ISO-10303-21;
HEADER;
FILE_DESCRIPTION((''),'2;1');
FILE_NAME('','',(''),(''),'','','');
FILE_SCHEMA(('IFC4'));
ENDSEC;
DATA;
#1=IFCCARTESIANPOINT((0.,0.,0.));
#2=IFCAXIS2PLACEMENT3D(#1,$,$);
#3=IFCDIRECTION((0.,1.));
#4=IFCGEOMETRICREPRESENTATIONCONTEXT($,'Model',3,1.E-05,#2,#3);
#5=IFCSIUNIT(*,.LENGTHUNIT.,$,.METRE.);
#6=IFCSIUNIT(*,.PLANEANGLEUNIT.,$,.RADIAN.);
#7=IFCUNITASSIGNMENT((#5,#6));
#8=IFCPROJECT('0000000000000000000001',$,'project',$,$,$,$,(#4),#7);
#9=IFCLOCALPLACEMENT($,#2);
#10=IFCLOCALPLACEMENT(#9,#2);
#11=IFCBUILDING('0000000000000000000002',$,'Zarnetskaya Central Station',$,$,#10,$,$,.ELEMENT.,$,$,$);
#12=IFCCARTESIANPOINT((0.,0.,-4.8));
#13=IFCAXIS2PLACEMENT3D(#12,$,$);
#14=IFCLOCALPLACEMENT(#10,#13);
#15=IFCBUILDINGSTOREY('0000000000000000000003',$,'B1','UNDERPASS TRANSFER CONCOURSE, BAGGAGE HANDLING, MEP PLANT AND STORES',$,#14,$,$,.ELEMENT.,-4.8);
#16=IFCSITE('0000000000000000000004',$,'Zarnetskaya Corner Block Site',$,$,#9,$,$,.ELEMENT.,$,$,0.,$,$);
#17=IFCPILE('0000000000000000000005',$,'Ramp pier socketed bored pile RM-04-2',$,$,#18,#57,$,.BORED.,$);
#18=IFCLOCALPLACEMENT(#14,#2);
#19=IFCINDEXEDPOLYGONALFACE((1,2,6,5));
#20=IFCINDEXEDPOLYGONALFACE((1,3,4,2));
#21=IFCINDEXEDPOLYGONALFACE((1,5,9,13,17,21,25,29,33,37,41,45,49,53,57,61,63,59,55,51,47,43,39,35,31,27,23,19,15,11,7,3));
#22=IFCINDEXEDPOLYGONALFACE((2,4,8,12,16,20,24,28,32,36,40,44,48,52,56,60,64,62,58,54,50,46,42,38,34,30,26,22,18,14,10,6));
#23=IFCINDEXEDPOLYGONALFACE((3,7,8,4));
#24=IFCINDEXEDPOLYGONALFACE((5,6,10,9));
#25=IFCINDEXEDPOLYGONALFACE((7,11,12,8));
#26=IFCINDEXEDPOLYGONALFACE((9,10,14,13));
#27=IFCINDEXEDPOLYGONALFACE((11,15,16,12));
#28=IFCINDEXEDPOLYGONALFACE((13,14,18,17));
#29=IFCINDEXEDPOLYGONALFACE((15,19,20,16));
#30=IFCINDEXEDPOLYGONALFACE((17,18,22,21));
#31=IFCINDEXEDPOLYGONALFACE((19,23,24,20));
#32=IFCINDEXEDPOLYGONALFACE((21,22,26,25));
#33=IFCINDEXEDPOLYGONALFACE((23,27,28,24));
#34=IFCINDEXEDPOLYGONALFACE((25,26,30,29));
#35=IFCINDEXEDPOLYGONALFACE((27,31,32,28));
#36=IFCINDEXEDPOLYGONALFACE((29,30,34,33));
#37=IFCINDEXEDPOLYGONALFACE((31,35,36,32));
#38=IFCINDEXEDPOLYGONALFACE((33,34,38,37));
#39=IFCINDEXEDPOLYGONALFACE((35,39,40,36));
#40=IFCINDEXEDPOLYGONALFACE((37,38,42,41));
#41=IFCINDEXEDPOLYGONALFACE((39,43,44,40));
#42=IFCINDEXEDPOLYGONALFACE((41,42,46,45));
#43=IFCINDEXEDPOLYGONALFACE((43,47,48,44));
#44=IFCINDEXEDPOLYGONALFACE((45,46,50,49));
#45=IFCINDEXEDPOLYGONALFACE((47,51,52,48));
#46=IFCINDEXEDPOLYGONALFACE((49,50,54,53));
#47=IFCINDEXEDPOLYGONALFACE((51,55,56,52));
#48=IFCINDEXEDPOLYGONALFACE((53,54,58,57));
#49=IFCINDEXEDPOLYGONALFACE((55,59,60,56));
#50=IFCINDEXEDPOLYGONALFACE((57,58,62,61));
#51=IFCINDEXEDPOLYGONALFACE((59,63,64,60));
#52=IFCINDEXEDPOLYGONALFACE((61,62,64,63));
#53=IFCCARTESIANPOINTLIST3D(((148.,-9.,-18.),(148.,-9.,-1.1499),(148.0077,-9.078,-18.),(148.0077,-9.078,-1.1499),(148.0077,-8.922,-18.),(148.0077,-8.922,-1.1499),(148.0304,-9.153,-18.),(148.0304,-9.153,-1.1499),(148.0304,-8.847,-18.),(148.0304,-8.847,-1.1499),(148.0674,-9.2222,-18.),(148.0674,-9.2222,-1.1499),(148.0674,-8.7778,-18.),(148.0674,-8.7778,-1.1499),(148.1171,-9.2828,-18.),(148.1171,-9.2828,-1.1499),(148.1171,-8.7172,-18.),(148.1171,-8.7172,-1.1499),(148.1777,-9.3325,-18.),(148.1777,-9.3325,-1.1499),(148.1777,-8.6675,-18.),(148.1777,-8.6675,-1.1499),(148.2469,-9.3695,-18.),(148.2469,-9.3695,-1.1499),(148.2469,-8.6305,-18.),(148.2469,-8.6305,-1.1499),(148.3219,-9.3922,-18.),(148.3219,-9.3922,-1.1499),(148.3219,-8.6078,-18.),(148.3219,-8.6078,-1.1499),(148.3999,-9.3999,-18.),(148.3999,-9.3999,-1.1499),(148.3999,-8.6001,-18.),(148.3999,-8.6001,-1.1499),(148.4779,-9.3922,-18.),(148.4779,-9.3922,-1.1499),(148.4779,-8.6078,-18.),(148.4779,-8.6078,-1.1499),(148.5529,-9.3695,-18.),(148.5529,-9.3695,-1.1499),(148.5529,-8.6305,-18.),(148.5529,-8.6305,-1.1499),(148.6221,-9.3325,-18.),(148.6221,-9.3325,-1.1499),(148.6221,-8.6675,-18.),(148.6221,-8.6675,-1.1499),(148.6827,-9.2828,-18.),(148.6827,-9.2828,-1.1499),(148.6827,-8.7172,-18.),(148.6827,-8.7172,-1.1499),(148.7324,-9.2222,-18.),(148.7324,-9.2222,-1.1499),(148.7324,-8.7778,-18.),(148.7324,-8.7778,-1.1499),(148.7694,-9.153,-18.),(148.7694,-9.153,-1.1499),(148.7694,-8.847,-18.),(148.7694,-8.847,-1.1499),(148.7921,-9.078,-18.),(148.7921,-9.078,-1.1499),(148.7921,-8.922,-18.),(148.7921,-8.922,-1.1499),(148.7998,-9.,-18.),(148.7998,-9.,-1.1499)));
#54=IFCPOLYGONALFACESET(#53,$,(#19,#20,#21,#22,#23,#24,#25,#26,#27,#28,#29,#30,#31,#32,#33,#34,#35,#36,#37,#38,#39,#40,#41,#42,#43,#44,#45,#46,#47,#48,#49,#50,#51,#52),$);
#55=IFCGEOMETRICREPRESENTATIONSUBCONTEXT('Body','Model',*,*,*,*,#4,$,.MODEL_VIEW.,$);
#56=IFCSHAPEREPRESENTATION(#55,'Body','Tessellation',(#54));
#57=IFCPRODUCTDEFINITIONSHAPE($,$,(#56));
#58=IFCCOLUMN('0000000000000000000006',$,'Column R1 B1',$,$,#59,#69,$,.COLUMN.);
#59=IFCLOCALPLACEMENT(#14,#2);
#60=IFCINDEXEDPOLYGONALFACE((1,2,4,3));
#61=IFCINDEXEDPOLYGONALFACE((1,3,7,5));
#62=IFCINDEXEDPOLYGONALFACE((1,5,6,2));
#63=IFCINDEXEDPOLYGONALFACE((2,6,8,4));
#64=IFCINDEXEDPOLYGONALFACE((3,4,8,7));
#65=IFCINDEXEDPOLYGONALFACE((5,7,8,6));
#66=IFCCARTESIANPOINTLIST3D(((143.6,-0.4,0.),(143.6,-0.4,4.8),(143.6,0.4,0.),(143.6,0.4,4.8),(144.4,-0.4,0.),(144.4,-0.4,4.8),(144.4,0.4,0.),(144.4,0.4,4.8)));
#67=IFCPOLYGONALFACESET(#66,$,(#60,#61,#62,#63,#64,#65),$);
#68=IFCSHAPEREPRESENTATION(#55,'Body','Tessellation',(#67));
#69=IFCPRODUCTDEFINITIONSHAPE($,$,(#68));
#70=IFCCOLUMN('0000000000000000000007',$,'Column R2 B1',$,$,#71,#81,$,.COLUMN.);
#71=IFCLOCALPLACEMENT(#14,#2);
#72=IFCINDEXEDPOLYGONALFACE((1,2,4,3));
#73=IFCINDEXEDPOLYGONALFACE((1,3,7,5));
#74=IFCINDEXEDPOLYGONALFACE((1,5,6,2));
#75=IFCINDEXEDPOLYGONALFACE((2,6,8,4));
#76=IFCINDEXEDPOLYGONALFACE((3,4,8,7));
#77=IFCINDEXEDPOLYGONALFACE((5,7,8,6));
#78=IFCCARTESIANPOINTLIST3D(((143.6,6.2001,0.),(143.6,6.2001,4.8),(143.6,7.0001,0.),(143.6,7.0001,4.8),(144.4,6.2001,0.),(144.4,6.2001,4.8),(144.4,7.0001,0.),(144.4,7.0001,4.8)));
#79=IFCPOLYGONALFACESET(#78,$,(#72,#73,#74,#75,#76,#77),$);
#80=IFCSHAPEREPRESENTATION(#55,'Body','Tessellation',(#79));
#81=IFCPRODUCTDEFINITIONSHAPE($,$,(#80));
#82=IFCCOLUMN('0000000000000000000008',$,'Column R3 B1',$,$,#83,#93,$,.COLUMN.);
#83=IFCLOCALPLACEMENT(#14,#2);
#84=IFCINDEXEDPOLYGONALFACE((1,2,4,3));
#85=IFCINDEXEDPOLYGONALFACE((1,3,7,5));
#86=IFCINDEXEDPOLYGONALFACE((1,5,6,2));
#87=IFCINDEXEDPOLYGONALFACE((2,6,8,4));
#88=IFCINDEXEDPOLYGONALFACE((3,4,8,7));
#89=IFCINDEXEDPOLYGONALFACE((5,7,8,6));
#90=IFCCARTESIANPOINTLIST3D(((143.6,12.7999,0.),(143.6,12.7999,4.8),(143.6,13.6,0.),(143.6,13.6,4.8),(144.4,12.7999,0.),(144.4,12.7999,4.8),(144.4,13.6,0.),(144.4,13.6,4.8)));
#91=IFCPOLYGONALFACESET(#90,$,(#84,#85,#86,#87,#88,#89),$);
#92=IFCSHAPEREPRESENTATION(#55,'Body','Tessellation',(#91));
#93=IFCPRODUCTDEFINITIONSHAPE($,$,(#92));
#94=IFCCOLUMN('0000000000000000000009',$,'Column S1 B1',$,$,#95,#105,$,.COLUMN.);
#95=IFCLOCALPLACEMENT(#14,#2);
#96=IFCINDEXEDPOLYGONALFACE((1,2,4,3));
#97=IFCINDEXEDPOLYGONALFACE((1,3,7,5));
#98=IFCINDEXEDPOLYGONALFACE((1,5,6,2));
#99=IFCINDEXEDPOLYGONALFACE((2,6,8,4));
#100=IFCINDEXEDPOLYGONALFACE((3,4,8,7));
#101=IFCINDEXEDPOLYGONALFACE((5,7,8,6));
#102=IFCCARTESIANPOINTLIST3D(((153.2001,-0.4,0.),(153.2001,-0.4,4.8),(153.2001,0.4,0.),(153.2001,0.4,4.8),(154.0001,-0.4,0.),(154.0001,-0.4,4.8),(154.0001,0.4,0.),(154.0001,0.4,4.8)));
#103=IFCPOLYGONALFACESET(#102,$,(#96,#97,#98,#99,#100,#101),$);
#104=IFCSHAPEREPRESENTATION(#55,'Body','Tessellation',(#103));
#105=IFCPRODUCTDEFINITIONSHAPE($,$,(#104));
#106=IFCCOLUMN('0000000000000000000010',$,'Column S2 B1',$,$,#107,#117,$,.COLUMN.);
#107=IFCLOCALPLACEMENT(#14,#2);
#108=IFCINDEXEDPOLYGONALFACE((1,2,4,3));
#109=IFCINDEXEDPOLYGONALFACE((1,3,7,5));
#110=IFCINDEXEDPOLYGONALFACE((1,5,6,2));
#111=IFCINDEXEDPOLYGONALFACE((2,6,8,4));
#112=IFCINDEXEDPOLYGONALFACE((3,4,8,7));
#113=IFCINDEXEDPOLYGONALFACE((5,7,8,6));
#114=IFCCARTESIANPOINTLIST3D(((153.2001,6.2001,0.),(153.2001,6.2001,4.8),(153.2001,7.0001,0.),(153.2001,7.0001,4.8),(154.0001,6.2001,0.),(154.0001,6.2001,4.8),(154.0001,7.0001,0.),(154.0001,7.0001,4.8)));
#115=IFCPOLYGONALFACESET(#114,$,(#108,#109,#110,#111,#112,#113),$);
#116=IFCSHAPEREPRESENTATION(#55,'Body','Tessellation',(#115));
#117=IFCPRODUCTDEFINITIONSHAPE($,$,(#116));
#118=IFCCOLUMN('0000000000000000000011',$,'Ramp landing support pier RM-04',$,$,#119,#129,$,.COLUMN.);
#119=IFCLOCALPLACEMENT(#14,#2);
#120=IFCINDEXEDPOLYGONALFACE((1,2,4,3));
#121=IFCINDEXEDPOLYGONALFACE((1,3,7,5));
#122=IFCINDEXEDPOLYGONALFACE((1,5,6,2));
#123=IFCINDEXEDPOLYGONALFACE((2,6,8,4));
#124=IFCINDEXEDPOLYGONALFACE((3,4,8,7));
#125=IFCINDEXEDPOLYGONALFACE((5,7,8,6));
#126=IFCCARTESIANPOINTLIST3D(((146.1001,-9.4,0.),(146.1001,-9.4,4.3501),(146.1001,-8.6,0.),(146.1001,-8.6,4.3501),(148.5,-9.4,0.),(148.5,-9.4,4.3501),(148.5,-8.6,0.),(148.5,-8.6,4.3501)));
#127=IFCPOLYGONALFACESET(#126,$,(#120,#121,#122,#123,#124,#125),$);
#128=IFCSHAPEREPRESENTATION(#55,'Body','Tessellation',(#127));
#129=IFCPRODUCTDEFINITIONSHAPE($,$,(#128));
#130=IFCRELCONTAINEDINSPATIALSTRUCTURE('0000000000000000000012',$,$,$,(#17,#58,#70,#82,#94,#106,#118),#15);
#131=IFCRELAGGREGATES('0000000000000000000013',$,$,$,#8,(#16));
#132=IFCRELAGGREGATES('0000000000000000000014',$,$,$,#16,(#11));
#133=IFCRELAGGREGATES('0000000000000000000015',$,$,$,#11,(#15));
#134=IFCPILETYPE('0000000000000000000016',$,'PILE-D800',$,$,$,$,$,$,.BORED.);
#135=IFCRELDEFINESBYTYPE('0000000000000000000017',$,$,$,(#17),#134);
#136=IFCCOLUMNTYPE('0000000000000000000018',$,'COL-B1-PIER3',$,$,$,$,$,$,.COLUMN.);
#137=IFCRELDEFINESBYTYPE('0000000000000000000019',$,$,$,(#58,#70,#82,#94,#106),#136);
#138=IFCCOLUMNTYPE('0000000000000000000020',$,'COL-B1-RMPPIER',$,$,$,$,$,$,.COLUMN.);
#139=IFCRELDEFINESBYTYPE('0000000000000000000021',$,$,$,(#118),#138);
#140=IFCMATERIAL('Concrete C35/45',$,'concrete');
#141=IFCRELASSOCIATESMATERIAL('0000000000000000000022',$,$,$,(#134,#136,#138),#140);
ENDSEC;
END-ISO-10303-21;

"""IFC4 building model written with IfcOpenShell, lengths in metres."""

from ifc_helpers import new_model, si_unit, direction, frame, origin, origin_2d, place, context, subcontext, project, spatial, rectangle, circle, extrude, material, material_profile, profile_set, type_object, element, save


model = new_model("IFC4")

# Units and contexts
model_context = context("Model", 3, precision=1e-05, world=origin(), true_north=direction((0.0, 1.0)))
body_context = subcontext(model_context, "Body", "Model", "MODEL_VIEW")
ifc_project = project(units=[si_unit("LENGTHUNIT", "METRE"), si_unit("PLANEANGLEUNIT", "RADIAN")], contexts=[model_context])

# Site, building, storey
site_placement = place(None, origin())
site = spatial("IfcSite", under=ifc_project, at=site_placement, Name="Zarnetskaya Corner Block Site", CompositionType="ELEMENT", RefElevation=0.0)
building_placement = place(site_placement, origin())
building = spatial("IfcBuilding", under=site, at=building_placement, Name="Zarnetskaya Central Station", CompositionType="ELEMENT")
storey_placement = place(building_placement, frame((0.0, 0.0, -4.8)))
storey = spatial("IfcBuildingStorey", under=building, at=storey_placement, Name="B1", Description="UNDERPASS TRANSFER CONCOURSE, BAGGAGE HANDLING, MEP PLANT AND STORES", CompositionType="ELEMENT", Elevation=-4.8)

# Shared definitions
ifc_material = material(Name="Concrete C35/45", Category="concrete")

# Pile
ifc_material_profile_1 = material_profile(ifc_material, circle(Radius=0.3999, at=origin_2d()), Name="BORED PILE D800")
ifc_profile_set_1 = profile_set([ifc_material_profile_1], Name="Concrete C35/45")
pile_type_1 = type_object("IfcPileType", Name="PILE-D800", PredefinedType="BORED", material=ifc_profile_set_1)
for number, where, z_axis, x_axis, name in (
    (1, (148.3999, -9.0, -1.1499), (0.0, 0.0, -1.0), (1.0, 0.0, 0.0), "Ramp pier socketed bored pile RM-04-2"),
):
    element("IfcPile", number, at=place(storey_placement, frame(where, z_axis=z_axis, x_axis=x_axis)), inside=storey, type_object=pile_type_1, Name=name, PredefinedType="BORED", context=body_context, shape_type="SweptSolid", body=[
        extrude(circle(Radius=0.3999, at=origin_2d()), origin(), (0.0, 0.0, 1.0), 16.8501),
    ])

# Columns
ifc_material_profile_2 = material_profile(ifc_material, rectangle(XDim=0.8, YDim=0.8, at=origin_2d()), Name="RC 800x800")
ifc_profile_set_2 = profile_set([ifc_material_profile_2], Name="Concrete C35/45")
column_type_1 = type_object("IfcColumnType", Name="COL-B1-PIER3", PredefinedType="COLUMN", material=ifc_profile_set_2)
for number, where, z_axis, x_axis, name in (
    (2, (144.0, 0.0, 0.0), (0.0, 0.0, 1.0), (1.0, 0.0, 0.0), "Column R1 B1"),
    (3, (144.0, 6.6001, 0.0), (0.0, 0.0, 1.0), (1.0, 0.0, 0.0), "Column R2 B1"),
    (4, (144.0, 13.2, 0.0), (0.0, 0.0, 1.0), (1.0, 0.0, 0.0), "Column R3 B1"),
    (5, (153.6001, 0.0, 0.0), (0.0, 0.0, 1.0), (1.0, 0.0, 0.0), "Column S1 B1"),
    (6, (153.6001, 6.6001, 0.0), (0.0, 0.0, 1.0), (1.0, 0.0, 0.0), "Column S2 B1"),
):
    element("IfcColumn", number, at=place(storey_placement, frame(where, z_axis=z_axis, x_axis=x_axis)), inside=storey, type_object=column_type_1, Name=name, PredefinedType="COLUMN", context=body_context, shape_type="SweptSolid", body=[
        extrude(rectangle(XDim=0.8, YDim=0.8, at=origin_2d()), origin(), (0.0, 0.0, 1.0), 4.8),
    ])
ifc_material_profile_3 = material_profile(ifc_material, rectangle(XDim=2.3999, YDim=0.8, at=origin_2d()), Name="RC PIER 2400x800")
ifc_profile_set_3 = profile_set([ifc_material_profile_3], Name="Concrete C35/45")
column_type_2 = type_object("IfcColumnType", Name="COL-B1-RMPPIER", PredefinedType="COLUMN", material=ifc_profile_set_3)
column_placement = place(storey_placement, frame((147.3, -9.0, 0.0), z_axis=(0.0, 0.0, 1.0), x_axis=(1.0, 0.0, 0.0)))
element("IfcColumn", 7, at=column_placement, inside=storey, type_object=column_type_2, Name="Ramp landing support pier RM-04", PredefinedType="COLUMN", context=body_context, shape_type="SweptSolid", body=[
    extrude(rectangle(XDim=2.3999, YDim=0.8, at=origin_2d()), origin(), (0.0, 0.0, 1.0), 4.3501),
])

save(model, "model.ifc")
